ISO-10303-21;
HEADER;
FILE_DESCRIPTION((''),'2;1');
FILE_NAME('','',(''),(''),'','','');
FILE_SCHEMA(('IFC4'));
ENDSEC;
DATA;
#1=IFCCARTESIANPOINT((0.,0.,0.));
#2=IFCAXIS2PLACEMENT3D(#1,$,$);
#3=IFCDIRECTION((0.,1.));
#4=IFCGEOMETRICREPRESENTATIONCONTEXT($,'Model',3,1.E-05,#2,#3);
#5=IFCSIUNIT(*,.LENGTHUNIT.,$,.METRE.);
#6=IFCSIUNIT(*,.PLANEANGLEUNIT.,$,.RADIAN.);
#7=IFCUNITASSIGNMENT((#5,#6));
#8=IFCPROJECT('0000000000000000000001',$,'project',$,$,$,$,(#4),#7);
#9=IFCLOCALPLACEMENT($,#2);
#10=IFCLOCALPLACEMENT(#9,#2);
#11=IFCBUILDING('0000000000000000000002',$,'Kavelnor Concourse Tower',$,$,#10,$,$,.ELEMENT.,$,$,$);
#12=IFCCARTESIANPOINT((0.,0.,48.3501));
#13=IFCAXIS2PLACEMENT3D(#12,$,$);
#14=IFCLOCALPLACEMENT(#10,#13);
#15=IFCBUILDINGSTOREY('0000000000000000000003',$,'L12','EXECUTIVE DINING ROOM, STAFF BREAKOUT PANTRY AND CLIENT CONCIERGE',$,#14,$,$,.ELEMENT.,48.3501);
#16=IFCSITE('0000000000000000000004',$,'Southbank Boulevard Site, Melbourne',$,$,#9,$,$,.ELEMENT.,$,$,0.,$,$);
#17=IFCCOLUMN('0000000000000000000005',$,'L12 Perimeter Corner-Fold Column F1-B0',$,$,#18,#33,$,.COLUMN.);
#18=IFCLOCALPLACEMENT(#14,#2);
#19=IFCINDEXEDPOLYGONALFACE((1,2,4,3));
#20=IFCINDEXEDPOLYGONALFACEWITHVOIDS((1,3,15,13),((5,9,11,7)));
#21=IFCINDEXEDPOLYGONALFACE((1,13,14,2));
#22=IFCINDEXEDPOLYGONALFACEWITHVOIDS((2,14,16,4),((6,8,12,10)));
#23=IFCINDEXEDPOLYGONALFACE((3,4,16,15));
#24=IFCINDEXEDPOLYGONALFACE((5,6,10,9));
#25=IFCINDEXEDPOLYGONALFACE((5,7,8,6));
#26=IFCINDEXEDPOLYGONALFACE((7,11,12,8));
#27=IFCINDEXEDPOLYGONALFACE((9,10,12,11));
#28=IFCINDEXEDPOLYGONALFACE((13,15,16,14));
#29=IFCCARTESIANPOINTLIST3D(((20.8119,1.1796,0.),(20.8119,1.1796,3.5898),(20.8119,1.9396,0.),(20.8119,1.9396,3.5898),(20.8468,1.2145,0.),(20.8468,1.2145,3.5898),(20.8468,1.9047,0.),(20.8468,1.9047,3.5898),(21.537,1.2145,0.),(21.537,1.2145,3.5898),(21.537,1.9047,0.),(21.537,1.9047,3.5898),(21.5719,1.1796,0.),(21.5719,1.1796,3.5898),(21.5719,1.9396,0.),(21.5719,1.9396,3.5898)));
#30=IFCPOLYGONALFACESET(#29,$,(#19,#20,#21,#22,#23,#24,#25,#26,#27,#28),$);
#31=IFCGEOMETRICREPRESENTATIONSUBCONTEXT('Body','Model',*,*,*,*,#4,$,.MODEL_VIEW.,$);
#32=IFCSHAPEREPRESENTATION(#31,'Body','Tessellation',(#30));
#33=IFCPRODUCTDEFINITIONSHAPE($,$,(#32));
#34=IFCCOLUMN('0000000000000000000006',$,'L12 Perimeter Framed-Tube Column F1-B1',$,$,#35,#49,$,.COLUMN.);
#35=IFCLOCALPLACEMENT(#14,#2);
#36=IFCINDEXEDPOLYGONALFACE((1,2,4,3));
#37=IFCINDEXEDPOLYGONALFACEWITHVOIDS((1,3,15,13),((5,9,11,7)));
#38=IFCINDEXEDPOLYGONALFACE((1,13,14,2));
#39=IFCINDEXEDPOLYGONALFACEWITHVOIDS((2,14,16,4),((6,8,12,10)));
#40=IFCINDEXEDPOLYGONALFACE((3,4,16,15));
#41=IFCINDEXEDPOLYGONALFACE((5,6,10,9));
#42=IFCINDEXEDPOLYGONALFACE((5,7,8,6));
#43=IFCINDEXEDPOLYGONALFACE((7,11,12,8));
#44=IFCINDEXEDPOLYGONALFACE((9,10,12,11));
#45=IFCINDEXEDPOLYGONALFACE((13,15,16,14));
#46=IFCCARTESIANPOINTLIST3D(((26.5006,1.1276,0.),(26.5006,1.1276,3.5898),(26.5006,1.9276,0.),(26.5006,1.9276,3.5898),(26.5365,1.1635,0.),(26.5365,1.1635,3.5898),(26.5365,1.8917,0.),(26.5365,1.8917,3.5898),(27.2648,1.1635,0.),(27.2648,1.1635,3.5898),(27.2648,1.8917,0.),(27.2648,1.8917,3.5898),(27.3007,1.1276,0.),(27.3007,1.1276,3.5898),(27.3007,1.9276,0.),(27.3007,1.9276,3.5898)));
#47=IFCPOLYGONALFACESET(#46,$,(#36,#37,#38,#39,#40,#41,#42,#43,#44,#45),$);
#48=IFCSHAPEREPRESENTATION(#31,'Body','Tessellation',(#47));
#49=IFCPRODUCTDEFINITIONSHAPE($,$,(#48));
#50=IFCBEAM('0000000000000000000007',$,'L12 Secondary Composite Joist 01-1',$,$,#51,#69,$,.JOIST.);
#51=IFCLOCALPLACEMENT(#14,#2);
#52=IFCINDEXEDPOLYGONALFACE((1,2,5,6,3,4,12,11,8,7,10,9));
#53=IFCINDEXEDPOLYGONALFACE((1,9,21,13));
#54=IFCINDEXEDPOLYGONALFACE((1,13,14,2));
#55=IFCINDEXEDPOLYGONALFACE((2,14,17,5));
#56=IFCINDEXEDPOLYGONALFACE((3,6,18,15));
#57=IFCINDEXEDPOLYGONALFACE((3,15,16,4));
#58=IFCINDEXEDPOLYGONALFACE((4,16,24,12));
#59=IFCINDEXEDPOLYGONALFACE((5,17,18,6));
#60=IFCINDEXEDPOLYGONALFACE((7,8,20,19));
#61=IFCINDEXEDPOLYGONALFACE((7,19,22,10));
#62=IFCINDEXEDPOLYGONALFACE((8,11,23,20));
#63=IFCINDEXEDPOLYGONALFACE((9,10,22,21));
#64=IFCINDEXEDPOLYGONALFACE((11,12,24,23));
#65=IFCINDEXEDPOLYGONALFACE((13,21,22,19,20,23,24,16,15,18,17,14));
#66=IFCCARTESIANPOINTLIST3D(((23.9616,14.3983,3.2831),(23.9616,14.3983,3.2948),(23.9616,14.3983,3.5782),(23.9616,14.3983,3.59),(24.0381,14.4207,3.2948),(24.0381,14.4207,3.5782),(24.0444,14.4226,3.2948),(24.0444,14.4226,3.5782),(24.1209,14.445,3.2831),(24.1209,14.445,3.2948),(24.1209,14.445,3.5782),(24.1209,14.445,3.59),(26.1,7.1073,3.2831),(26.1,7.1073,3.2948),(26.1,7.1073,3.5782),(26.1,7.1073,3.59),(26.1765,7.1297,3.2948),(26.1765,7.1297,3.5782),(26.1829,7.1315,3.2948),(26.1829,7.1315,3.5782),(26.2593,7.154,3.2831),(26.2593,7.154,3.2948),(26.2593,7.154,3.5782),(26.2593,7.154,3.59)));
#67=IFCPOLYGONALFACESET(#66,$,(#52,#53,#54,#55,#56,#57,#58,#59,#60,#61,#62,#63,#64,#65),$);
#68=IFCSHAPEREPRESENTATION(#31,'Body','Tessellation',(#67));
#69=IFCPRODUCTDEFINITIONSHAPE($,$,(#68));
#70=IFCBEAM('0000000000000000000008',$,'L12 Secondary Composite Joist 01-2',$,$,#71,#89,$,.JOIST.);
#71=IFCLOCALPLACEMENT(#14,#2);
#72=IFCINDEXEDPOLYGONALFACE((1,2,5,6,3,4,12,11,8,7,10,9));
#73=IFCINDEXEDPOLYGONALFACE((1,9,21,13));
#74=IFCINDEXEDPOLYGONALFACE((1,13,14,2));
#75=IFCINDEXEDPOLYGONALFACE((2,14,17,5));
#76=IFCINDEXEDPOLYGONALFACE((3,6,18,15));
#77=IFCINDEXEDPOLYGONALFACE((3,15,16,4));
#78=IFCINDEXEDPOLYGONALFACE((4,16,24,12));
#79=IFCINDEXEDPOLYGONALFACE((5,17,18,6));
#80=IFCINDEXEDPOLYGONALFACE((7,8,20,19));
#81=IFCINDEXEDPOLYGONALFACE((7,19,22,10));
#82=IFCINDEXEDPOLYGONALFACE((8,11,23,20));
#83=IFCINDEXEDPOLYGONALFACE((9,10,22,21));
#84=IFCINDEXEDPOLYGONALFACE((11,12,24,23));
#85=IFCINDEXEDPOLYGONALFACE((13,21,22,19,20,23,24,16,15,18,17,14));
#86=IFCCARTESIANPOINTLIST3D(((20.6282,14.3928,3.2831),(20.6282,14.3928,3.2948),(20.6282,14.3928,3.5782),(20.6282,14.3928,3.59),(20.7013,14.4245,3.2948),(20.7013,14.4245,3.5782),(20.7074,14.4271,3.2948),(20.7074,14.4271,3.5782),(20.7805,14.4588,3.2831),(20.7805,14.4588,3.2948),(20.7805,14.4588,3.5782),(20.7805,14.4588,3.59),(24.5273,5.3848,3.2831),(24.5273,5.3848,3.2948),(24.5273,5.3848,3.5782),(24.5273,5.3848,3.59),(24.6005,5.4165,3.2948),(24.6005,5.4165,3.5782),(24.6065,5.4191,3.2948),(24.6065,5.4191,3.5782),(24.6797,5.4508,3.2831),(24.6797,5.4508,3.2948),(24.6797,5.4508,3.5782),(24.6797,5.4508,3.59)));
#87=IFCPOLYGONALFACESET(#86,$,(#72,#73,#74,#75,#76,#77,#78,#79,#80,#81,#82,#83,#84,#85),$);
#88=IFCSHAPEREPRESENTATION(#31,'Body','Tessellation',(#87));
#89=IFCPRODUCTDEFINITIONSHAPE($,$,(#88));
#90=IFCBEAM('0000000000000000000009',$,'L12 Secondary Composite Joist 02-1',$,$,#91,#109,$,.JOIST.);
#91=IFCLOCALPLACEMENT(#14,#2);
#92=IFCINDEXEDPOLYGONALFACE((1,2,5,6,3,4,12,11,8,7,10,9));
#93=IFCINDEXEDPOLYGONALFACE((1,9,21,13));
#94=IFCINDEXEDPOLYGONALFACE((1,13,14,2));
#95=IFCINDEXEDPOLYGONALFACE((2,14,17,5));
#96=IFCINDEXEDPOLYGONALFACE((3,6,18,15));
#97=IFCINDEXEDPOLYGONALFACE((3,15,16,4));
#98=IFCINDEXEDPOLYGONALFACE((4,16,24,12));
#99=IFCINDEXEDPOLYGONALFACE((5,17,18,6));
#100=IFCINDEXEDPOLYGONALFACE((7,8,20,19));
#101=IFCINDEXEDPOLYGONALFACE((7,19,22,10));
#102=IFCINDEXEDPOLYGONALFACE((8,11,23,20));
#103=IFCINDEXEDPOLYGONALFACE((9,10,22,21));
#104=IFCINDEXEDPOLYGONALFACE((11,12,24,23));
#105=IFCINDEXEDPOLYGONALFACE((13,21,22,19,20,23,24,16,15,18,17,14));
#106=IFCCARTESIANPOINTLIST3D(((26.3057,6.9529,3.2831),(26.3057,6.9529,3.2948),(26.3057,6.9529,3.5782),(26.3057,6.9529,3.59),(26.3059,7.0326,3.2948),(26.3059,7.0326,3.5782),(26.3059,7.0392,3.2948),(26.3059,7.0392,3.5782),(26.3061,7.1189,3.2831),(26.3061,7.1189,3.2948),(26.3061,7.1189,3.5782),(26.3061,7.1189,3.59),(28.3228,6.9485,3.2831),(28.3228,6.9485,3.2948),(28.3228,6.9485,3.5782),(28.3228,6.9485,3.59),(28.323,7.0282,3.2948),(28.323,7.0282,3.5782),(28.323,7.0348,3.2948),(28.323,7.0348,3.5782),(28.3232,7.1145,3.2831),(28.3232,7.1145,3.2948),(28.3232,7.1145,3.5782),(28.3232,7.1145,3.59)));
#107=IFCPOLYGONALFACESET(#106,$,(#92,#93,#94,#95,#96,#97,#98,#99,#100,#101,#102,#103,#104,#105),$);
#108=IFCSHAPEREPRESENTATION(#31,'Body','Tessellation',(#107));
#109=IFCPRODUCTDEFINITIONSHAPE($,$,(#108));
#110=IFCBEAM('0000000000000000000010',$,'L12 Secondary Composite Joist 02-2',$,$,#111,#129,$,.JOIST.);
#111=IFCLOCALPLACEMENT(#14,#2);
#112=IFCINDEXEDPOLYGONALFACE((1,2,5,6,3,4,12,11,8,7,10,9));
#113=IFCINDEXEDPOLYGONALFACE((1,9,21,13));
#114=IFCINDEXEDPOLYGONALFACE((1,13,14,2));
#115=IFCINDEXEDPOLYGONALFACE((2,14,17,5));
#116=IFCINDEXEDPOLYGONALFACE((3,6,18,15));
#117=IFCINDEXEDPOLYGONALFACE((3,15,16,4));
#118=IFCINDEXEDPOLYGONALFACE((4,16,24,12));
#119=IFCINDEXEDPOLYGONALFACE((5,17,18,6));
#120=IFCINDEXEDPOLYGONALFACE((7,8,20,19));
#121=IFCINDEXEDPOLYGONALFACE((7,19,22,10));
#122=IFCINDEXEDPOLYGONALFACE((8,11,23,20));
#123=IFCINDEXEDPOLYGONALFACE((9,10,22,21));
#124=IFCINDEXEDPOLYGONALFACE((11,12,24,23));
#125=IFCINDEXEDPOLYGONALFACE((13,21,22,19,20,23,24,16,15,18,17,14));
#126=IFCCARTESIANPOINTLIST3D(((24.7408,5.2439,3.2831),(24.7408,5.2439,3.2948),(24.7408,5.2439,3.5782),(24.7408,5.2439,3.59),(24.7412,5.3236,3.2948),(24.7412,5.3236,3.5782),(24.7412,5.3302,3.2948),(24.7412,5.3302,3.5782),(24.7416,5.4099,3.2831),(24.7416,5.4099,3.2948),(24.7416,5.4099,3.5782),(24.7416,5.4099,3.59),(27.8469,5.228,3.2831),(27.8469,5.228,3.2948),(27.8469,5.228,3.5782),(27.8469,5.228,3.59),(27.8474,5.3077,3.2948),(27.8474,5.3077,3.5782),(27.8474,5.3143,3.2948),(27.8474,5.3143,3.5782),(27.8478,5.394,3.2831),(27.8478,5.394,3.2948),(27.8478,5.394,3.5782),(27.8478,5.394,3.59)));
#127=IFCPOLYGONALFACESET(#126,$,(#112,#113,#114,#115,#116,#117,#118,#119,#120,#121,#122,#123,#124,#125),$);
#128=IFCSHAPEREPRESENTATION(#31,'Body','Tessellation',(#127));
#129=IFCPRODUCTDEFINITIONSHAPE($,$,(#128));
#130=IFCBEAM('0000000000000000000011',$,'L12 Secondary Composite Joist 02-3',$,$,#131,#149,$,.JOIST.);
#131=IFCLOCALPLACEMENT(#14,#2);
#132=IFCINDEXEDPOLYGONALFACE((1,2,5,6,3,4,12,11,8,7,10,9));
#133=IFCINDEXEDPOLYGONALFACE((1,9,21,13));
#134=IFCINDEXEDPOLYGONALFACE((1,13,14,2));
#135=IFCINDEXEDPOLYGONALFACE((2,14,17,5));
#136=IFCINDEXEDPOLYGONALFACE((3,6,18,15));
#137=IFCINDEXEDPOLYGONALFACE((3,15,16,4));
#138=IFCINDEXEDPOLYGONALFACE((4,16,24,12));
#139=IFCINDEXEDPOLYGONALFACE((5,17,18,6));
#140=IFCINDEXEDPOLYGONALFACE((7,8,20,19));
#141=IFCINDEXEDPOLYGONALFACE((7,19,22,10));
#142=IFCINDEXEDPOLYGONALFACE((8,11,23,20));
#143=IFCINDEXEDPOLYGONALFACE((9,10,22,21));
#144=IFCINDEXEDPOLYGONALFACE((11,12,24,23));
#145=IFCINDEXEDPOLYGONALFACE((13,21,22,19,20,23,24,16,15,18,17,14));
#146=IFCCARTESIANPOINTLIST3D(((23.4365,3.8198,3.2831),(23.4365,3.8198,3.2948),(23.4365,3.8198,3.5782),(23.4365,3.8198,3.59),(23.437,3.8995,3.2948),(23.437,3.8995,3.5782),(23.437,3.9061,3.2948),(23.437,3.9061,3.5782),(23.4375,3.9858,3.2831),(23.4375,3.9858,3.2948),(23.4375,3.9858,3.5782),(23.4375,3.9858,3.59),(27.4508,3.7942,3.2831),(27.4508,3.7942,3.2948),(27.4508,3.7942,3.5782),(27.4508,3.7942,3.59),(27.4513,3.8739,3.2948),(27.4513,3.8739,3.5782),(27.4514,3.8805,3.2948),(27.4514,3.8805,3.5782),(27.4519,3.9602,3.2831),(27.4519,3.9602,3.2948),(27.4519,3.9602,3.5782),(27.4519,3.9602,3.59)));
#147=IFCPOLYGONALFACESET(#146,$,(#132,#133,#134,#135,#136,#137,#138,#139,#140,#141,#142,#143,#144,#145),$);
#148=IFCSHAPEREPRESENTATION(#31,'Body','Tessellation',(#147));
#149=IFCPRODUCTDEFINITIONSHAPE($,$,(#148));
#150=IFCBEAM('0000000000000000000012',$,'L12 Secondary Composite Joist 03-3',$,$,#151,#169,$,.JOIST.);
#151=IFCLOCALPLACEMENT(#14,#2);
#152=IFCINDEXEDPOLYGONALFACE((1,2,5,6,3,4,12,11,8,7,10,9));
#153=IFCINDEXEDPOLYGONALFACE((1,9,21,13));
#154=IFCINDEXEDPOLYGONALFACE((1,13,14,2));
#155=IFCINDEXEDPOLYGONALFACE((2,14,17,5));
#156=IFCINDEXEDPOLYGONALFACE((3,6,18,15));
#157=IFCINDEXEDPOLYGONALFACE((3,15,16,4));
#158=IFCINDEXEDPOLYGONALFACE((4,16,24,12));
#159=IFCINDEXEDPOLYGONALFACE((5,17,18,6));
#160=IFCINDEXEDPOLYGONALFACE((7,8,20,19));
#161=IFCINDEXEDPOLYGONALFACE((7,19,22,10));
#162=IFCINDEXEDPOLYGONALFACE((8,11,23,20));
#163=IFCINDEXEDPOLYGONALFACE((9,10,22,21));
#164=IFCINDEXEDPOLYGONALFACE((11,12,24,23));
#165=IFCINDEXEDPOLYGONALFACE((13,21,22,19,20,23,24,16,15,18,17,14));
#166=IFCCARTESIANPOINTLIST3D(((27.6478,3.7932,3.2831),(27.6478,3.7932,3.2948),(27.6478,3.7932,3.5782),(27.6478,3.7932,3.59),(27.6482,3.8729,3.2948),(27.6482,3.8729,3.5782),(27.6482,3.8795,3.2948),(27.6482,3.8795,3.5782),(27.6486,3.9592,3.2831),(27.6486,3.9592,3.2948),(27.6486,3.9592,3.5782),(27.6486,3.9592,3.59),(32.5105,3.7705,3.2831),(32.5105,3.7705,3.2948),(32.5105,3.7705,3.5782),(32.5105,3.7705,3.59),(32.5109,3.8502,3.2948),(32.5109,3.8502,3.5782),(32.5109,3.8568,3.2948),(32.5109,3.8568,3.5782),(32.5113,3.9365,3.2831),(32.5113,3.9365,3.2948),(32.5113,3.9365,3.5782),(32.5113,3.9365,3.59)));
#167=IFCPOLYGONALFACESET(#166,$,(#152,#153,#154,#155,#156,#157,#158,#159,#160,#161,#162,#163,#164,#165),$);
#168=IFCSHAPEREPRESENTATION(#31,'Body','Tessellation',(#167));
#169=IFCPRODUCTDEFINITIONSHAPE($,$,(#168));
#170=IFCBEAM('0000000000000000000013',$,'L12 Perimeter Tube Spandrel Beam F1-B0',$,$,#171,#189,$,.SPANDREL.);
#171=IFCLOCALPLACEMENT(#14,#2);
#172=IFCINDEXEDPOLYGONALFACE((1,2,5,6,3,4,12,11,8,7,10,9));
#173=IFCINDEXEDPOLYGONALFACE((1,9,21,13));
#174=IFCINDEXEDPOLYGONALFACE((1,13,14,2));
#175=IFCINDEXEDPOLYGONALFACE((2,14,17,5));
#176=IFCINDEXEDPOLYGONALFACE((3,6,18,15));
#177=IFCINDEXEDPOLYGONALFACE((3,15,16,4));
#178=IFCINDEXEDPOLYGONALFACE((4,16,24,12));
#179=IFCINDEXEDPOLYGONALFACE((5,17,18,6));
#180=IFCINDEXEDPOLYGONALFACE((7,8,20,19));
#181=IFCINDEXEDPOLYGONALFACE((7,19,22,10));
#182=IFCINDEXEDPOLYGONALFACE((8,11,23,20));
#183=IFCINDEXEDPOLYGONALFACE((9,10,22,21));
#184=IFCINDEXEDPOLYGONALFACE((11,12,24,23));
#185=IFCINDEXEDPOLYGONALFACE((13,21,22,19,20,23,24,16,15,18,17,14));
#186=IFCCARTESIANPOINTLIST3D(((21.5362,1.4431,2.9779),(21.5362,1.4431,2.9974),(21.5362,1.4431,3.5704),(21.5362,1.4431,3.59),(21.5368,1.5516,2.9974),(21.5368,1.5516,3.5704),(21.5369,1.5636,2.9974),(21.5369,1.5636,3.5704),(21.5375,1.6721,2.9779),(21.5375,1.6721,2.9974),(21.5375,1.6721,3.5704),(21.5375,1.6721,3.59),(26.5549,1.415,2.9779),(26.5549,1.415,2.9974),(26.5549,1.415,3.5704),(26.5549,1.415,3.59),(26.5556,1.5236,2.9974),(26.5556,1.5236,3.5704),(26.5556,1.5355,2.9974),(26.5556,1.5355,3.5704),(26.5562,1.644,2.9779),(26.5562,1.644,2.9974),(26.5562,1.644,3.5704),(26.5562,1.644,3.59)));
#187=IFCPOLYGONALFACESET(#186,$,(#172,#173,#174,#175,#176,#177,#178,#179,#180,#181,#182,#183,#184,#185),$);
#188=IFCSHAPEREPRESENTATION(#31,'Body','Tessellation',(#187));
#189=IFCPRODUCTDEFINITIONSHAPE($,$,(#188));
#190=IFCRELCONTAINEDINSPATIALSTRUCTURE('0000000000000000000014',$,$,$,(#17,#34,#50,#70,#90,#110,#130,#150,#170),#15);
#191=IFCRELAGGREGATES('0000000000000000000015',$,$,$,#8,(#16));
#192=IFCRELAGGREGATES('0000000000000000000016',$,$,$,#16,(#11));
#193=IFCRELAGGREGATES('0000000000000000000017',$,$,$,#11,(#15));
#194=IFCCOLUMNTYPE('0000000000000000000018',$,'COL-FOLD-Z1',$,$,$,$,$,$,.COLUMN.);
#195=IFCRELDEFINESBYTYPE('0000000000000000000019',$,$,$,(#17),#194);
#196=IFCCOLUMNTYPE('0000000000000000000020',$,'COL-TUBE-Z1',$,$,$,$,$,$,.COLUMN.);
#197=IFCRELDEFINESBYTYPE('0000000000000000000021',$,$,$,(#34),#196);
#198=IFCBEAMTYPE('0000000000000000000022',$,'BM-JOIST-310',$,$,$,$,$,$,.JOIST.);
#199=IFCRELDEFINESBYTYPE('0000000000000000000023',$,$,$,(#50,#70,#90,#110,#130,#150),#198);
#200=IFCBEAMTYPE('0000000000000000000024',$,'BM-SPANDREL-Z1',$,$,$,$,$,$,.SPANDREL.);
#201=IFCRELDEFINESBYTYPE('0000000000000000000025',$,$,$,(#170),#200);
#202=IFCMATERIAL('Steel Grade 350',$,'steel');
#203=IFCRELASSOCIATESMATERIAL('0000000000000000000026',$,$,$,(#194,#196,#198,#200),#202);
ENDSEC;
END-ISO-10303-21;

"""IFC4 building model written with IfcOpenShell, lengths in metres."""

from ifc_helpers import new_model, si_unit, direction, frame, origin, origin_2d, place, context, subcontext, project, spatial, hollow_rectangle, i_section, extrude, material, material_profile, profile_set, type_object, element, save


model = new_model("IFC4")

# Units and contexts
model_context = context("Model", 3, precision=1e-05, world=origin(), true_north=direction((0.0, 1.0)))
body_context = subcontext(model_context, "Body", "Model", "MODEL_VIEW")
ifc_project = project(units=[si_unit("LENGTHUNIT", "METRE"), si_unit("PLANEANGLEUNIT", "RADIAN")], contexts=[model_context])

# Site, building, storey
site_placement = place(None, origin())
site = spatial("IfcSite", under=ifc_project, at=site_placement, Name="Southbank Boulevard Site, Melbourne", CompositionType="ELEMENT", RefElevation=0.0)
building_placement = place(site_placement, origin())
building = spatial("IfcBuilding", under=site, at=building_placement, Name="Kavelnor Concourse Tower", CompositionType="ELEMENT")
storey_placement = place(building_placement, frame((0.0, 0.0, 48.3501)))
storey = spatial("IfcBuildingStorey", under=building, at=storey_placement, Name="L12", Description="EXECUTIVE DINING ROOM, STAFF BREAKOUT PANTRY AND CLIENT CONCIERGE", CompositionType="ELEMENT", Elevation=48.3501)

# Columns
ifc_material_1 = material(Name="Steel Grade 350", Category="steel")
ifc_material_profile_1 = material_profile(ifc_material_1, hollow_rectangle(XDim=0.76, YDim=0.76, WallThickness=0.0349, at=origin_2d()), Name="SHS 760x760x35")
ifc_profile_set_1 = profile_set([ifc_material_profile_1], Name="Steel Grade 350")
column_type_1 = type_object("IfcColumnType", Name="COL-FOLD-Z1", PredefinedType="COLUMN", material=ifc_profile_set_1)
column_1_placement = place(storey_placement, frame((21.1919, 1.5596, 0.0), z_axis=(0.0, 0.0, 1.0), x_axis=(1.0, 0.0, 0.0)))
element("IfcColumn", 1, at=column_1_placement, inside=storey, type_object=column_type_1, Name="L12 Perimeter Corner-Fold Column F1-B0", PredefinedType="COLUMN", context=body_context, shape_type="SweptSolid", body=[
    extrude(hollow_rectangle(XDim=0.76, YDim=0.76, WallThickness=0.0349, at=origin_2d()), origin(), (0.0, 0.0, 1.0), 3.5898),
])
ifc_material_profile_2 = material_profile(ifc_material_1, hollow_rectangle(XDim=0.8, YDim=0.8, WallThickness=0.0359, at=origin_2d()), Name="SHS 800x800x36")
ifc_profile_set_2 = profile_set([ifc_material_profile_2], Name="Steel Grade 350")
column_type_2 = type_object("IfcColumnType", Name="COL-TUBE-Z1", PredefinedType="COLUMN", material=ifc_profile_set_2)
column_2_placement = place(storey_placement, frame((26.9006, 1.5276, 0.0), z_axis=(0.0, 0.0, 1.0), x_axis=(1.0, 0.0, 0.0)))
element("IfcColumn", 2, at=column_2_placement, inside=storey, type_object=column_type_2, Name="L12 Perimeter Framed-Tube Column F1-B1", PredefinedType="COLUMN", context=body_context, shape_type="SweptSolid", body=[
    extrude(hollow_rectangle(XDim=0.8, YDim=0.8, WallThickness=0.0359, at=origin_2d()), origin(), (0.0, 0.0, 1.0), 3.5898),
])

# Beams
ifc_material_profile_3 = material_profile(ifc_material_1, i_section(OverallWidth=0.166, OverallDepth=0.3069, WebThickness=0.0066, FlangeThickness=0.0117, at=origin_2d()), Name="310UB46")
ifc_profile_set_3 = profile_set([ifc_material_profile_3], Name="Steel Grade 350")
beam_type_1 = type_object("IfcBeamType", Name="BM-JOIST-310", PredefinedType="JOIST", material=ifc_profile_set_3)
beam_1_placement = place(storey_placement, frame((24.0413, 14.4216, 3.4365), z_axis=(0.281441, -0.959579, 0.0), x_axis=(0.959579, 0.281441, 0.0)))
element("IfcBeam", 3, at=beam_1_placement, inside=storey, type_object=beam_type_1, Name="L12 Secondary Composite Joist 01-1", PredefinedType="JOIST", context=body_context, shape_type="SweptSolid", body=[
    extrude(i_section(OverallWidth=0.166, OverallDepth=0.3069, WebThickness=0.0066, FlangeThickness=0.0117, at=origin_2d()), origin(), (0.0, 0.0, 1.0), 7.5981),
])
beam_2_placement = place(storey_placement, frame((20.7043, 14.4258, 3.4365), z_axis=(0.397237, -0.917716, 0.0), x_axis=(0.917716, 0.397237, 0.0)))
element("IfcBeam", 4, at=beam_2_placement, inside=storey, type_object=beam_type_1, Name="L12 Secondary Composite Joist 01-2", PredefinedType="JOIST", context=body_context, shape_type="SweptSolid", body=[
    extrude(i_section(OverallWidth=0.166, OverallDepth=0.3069, WebThickness=0.0066, FlangeThickness=0.0117, at=origin_2d()), origin(), (0.0, 0.0, 1.0), 9.8157),
])
beam_3_placement = place(storey_placement, frame((26.3059, 7.0359, 3.4365), z_axis=(0.999998, -0.002179, 0.0), x_axis=(0.002179, 0.999998, 0.0)))
element("IfcBeam", 5, at=beam_3_placement, inside=storey, type_object=beam_type_1, Name="L12 Secondary Composite Joist 02-1", PredefinedType="JOIST", context=body_context, shape_type="SweptSolid", body=[
    extrude(i_section(OverallWidth=0.166, OverallDepth=0.3069, WebThickness=0.0066, FlangeThickness=0.0117, at=origin_2d()), origin(), (0.0, 0.0, 1.0), 2.0171),
])
beam_4_placement = place(storey_placement, frame((24.7412, 5.3269, 3.4365), z_axis=(0.999987, -0.005109, 0.0), x_axis=(0.005109, 0.999987, 0.0)))
element("IfcBeam", 6, at=beam_4_placement, inside=storey, type_object=beam_type_1, Name="L12 Secondary Composite Joist 02-2", PredefinedType="JOIST", context=body_context, shape_type="SweptSolid", body=[
    extrude(i_section(OverallWidth=0.166, OverallDepth=0.3069, WebThickness=0.0066, FlangeThickness=0.0117, at=origin_2d()), origin(), (0.0, 0.0, 1.0), 3.1062),
])
beam_5_placement = place(storey_placement, frame((23.437, 3.9028, 3.4365), z_axis=(0.99998, -0.006386, 0.0), x_axis=(0.006386, 0.99998, 0.0)))
element("IfcBeam", 7, at=beam_5_placement, inside=storey, type_object=beam_type_1, Name="L12 Secondary Composite Joist 02-3", PredefinedType="JOIST", context=body_context, shape_type="SweptSolid", body=[
    extrude(i_section(OverallWidth=0.166, OverallDepth=0.3069, WebThickness=0.0066, FlangeThickness=0.0117, at=origin_2d()), origin(), (0.0, 0.0, 1.0), 4.0144),
])
beam_6_placement = place(storey_placement, frame((27.6482, 3.8762, 3.4365), z_axis=(0.999989, -0.004669, 0.0), x_axis=(0.004669, 0.999989, 0.0)))
element("IfcBeam", 8, at=beam_6_placement, inside=storey, type_object=beam_type_1, Name="L12 Secondary Composite Joist 03-3", PredefinedType="JOIST", context=body_context, shape_type="SweptSolid", body=[
    extrude(i_section(OverallWidth=0.166, OverallDepth=0.3069, WebThickness=0.0066, FlangeThickness=0.0117, at=origin_2d()), origin(), (0.0, 0.0, 1.0), 4.8628),
])
ifc_material_profile_4 = material_profile(ifc_material_1, i_section(OverallWidth=0.229, OverallDepth=0.6121, WebThickness=0.012, FlangeThickness=0.0195, at=origin_2d()), Name="610UB125")
ifc_profile_set_4 = profile_set([ifc_material_profile_4], Name="Steel Grade 350")
beam_type_2 = type_object("IfcBeamType", Name="BM-SPANDREL-Z1", PredefinedType="SPANDREL", material=ifc_profile_set_4)
beam_7_placement = place(storey_placement, frame((21.5369, 1.5576, 3.2839), z_axis=(0.999984, -0.005594, 0.0), x_axis=(0.005594, 0.999984, 0.0)))
element("IfcBeam", 9, at=beam_7_placement, inside=storey, type_object=beam_type_2, Name="L12 Perimeter Tube Spandrel Beam F1-B0", PredefinedType="SPANDREL", context=body_context, shape_type="SweptSolid", body=[
    extrude(i_section(OverallWidth=0.229, OverallDepth=0.6121, WebThickness=0.012, FlangeThickness=0.0195, at=origin_2d()), origin(), (0.0, 0.0, 1.0), 5.0188),
])

save(model, "model.ifc")
